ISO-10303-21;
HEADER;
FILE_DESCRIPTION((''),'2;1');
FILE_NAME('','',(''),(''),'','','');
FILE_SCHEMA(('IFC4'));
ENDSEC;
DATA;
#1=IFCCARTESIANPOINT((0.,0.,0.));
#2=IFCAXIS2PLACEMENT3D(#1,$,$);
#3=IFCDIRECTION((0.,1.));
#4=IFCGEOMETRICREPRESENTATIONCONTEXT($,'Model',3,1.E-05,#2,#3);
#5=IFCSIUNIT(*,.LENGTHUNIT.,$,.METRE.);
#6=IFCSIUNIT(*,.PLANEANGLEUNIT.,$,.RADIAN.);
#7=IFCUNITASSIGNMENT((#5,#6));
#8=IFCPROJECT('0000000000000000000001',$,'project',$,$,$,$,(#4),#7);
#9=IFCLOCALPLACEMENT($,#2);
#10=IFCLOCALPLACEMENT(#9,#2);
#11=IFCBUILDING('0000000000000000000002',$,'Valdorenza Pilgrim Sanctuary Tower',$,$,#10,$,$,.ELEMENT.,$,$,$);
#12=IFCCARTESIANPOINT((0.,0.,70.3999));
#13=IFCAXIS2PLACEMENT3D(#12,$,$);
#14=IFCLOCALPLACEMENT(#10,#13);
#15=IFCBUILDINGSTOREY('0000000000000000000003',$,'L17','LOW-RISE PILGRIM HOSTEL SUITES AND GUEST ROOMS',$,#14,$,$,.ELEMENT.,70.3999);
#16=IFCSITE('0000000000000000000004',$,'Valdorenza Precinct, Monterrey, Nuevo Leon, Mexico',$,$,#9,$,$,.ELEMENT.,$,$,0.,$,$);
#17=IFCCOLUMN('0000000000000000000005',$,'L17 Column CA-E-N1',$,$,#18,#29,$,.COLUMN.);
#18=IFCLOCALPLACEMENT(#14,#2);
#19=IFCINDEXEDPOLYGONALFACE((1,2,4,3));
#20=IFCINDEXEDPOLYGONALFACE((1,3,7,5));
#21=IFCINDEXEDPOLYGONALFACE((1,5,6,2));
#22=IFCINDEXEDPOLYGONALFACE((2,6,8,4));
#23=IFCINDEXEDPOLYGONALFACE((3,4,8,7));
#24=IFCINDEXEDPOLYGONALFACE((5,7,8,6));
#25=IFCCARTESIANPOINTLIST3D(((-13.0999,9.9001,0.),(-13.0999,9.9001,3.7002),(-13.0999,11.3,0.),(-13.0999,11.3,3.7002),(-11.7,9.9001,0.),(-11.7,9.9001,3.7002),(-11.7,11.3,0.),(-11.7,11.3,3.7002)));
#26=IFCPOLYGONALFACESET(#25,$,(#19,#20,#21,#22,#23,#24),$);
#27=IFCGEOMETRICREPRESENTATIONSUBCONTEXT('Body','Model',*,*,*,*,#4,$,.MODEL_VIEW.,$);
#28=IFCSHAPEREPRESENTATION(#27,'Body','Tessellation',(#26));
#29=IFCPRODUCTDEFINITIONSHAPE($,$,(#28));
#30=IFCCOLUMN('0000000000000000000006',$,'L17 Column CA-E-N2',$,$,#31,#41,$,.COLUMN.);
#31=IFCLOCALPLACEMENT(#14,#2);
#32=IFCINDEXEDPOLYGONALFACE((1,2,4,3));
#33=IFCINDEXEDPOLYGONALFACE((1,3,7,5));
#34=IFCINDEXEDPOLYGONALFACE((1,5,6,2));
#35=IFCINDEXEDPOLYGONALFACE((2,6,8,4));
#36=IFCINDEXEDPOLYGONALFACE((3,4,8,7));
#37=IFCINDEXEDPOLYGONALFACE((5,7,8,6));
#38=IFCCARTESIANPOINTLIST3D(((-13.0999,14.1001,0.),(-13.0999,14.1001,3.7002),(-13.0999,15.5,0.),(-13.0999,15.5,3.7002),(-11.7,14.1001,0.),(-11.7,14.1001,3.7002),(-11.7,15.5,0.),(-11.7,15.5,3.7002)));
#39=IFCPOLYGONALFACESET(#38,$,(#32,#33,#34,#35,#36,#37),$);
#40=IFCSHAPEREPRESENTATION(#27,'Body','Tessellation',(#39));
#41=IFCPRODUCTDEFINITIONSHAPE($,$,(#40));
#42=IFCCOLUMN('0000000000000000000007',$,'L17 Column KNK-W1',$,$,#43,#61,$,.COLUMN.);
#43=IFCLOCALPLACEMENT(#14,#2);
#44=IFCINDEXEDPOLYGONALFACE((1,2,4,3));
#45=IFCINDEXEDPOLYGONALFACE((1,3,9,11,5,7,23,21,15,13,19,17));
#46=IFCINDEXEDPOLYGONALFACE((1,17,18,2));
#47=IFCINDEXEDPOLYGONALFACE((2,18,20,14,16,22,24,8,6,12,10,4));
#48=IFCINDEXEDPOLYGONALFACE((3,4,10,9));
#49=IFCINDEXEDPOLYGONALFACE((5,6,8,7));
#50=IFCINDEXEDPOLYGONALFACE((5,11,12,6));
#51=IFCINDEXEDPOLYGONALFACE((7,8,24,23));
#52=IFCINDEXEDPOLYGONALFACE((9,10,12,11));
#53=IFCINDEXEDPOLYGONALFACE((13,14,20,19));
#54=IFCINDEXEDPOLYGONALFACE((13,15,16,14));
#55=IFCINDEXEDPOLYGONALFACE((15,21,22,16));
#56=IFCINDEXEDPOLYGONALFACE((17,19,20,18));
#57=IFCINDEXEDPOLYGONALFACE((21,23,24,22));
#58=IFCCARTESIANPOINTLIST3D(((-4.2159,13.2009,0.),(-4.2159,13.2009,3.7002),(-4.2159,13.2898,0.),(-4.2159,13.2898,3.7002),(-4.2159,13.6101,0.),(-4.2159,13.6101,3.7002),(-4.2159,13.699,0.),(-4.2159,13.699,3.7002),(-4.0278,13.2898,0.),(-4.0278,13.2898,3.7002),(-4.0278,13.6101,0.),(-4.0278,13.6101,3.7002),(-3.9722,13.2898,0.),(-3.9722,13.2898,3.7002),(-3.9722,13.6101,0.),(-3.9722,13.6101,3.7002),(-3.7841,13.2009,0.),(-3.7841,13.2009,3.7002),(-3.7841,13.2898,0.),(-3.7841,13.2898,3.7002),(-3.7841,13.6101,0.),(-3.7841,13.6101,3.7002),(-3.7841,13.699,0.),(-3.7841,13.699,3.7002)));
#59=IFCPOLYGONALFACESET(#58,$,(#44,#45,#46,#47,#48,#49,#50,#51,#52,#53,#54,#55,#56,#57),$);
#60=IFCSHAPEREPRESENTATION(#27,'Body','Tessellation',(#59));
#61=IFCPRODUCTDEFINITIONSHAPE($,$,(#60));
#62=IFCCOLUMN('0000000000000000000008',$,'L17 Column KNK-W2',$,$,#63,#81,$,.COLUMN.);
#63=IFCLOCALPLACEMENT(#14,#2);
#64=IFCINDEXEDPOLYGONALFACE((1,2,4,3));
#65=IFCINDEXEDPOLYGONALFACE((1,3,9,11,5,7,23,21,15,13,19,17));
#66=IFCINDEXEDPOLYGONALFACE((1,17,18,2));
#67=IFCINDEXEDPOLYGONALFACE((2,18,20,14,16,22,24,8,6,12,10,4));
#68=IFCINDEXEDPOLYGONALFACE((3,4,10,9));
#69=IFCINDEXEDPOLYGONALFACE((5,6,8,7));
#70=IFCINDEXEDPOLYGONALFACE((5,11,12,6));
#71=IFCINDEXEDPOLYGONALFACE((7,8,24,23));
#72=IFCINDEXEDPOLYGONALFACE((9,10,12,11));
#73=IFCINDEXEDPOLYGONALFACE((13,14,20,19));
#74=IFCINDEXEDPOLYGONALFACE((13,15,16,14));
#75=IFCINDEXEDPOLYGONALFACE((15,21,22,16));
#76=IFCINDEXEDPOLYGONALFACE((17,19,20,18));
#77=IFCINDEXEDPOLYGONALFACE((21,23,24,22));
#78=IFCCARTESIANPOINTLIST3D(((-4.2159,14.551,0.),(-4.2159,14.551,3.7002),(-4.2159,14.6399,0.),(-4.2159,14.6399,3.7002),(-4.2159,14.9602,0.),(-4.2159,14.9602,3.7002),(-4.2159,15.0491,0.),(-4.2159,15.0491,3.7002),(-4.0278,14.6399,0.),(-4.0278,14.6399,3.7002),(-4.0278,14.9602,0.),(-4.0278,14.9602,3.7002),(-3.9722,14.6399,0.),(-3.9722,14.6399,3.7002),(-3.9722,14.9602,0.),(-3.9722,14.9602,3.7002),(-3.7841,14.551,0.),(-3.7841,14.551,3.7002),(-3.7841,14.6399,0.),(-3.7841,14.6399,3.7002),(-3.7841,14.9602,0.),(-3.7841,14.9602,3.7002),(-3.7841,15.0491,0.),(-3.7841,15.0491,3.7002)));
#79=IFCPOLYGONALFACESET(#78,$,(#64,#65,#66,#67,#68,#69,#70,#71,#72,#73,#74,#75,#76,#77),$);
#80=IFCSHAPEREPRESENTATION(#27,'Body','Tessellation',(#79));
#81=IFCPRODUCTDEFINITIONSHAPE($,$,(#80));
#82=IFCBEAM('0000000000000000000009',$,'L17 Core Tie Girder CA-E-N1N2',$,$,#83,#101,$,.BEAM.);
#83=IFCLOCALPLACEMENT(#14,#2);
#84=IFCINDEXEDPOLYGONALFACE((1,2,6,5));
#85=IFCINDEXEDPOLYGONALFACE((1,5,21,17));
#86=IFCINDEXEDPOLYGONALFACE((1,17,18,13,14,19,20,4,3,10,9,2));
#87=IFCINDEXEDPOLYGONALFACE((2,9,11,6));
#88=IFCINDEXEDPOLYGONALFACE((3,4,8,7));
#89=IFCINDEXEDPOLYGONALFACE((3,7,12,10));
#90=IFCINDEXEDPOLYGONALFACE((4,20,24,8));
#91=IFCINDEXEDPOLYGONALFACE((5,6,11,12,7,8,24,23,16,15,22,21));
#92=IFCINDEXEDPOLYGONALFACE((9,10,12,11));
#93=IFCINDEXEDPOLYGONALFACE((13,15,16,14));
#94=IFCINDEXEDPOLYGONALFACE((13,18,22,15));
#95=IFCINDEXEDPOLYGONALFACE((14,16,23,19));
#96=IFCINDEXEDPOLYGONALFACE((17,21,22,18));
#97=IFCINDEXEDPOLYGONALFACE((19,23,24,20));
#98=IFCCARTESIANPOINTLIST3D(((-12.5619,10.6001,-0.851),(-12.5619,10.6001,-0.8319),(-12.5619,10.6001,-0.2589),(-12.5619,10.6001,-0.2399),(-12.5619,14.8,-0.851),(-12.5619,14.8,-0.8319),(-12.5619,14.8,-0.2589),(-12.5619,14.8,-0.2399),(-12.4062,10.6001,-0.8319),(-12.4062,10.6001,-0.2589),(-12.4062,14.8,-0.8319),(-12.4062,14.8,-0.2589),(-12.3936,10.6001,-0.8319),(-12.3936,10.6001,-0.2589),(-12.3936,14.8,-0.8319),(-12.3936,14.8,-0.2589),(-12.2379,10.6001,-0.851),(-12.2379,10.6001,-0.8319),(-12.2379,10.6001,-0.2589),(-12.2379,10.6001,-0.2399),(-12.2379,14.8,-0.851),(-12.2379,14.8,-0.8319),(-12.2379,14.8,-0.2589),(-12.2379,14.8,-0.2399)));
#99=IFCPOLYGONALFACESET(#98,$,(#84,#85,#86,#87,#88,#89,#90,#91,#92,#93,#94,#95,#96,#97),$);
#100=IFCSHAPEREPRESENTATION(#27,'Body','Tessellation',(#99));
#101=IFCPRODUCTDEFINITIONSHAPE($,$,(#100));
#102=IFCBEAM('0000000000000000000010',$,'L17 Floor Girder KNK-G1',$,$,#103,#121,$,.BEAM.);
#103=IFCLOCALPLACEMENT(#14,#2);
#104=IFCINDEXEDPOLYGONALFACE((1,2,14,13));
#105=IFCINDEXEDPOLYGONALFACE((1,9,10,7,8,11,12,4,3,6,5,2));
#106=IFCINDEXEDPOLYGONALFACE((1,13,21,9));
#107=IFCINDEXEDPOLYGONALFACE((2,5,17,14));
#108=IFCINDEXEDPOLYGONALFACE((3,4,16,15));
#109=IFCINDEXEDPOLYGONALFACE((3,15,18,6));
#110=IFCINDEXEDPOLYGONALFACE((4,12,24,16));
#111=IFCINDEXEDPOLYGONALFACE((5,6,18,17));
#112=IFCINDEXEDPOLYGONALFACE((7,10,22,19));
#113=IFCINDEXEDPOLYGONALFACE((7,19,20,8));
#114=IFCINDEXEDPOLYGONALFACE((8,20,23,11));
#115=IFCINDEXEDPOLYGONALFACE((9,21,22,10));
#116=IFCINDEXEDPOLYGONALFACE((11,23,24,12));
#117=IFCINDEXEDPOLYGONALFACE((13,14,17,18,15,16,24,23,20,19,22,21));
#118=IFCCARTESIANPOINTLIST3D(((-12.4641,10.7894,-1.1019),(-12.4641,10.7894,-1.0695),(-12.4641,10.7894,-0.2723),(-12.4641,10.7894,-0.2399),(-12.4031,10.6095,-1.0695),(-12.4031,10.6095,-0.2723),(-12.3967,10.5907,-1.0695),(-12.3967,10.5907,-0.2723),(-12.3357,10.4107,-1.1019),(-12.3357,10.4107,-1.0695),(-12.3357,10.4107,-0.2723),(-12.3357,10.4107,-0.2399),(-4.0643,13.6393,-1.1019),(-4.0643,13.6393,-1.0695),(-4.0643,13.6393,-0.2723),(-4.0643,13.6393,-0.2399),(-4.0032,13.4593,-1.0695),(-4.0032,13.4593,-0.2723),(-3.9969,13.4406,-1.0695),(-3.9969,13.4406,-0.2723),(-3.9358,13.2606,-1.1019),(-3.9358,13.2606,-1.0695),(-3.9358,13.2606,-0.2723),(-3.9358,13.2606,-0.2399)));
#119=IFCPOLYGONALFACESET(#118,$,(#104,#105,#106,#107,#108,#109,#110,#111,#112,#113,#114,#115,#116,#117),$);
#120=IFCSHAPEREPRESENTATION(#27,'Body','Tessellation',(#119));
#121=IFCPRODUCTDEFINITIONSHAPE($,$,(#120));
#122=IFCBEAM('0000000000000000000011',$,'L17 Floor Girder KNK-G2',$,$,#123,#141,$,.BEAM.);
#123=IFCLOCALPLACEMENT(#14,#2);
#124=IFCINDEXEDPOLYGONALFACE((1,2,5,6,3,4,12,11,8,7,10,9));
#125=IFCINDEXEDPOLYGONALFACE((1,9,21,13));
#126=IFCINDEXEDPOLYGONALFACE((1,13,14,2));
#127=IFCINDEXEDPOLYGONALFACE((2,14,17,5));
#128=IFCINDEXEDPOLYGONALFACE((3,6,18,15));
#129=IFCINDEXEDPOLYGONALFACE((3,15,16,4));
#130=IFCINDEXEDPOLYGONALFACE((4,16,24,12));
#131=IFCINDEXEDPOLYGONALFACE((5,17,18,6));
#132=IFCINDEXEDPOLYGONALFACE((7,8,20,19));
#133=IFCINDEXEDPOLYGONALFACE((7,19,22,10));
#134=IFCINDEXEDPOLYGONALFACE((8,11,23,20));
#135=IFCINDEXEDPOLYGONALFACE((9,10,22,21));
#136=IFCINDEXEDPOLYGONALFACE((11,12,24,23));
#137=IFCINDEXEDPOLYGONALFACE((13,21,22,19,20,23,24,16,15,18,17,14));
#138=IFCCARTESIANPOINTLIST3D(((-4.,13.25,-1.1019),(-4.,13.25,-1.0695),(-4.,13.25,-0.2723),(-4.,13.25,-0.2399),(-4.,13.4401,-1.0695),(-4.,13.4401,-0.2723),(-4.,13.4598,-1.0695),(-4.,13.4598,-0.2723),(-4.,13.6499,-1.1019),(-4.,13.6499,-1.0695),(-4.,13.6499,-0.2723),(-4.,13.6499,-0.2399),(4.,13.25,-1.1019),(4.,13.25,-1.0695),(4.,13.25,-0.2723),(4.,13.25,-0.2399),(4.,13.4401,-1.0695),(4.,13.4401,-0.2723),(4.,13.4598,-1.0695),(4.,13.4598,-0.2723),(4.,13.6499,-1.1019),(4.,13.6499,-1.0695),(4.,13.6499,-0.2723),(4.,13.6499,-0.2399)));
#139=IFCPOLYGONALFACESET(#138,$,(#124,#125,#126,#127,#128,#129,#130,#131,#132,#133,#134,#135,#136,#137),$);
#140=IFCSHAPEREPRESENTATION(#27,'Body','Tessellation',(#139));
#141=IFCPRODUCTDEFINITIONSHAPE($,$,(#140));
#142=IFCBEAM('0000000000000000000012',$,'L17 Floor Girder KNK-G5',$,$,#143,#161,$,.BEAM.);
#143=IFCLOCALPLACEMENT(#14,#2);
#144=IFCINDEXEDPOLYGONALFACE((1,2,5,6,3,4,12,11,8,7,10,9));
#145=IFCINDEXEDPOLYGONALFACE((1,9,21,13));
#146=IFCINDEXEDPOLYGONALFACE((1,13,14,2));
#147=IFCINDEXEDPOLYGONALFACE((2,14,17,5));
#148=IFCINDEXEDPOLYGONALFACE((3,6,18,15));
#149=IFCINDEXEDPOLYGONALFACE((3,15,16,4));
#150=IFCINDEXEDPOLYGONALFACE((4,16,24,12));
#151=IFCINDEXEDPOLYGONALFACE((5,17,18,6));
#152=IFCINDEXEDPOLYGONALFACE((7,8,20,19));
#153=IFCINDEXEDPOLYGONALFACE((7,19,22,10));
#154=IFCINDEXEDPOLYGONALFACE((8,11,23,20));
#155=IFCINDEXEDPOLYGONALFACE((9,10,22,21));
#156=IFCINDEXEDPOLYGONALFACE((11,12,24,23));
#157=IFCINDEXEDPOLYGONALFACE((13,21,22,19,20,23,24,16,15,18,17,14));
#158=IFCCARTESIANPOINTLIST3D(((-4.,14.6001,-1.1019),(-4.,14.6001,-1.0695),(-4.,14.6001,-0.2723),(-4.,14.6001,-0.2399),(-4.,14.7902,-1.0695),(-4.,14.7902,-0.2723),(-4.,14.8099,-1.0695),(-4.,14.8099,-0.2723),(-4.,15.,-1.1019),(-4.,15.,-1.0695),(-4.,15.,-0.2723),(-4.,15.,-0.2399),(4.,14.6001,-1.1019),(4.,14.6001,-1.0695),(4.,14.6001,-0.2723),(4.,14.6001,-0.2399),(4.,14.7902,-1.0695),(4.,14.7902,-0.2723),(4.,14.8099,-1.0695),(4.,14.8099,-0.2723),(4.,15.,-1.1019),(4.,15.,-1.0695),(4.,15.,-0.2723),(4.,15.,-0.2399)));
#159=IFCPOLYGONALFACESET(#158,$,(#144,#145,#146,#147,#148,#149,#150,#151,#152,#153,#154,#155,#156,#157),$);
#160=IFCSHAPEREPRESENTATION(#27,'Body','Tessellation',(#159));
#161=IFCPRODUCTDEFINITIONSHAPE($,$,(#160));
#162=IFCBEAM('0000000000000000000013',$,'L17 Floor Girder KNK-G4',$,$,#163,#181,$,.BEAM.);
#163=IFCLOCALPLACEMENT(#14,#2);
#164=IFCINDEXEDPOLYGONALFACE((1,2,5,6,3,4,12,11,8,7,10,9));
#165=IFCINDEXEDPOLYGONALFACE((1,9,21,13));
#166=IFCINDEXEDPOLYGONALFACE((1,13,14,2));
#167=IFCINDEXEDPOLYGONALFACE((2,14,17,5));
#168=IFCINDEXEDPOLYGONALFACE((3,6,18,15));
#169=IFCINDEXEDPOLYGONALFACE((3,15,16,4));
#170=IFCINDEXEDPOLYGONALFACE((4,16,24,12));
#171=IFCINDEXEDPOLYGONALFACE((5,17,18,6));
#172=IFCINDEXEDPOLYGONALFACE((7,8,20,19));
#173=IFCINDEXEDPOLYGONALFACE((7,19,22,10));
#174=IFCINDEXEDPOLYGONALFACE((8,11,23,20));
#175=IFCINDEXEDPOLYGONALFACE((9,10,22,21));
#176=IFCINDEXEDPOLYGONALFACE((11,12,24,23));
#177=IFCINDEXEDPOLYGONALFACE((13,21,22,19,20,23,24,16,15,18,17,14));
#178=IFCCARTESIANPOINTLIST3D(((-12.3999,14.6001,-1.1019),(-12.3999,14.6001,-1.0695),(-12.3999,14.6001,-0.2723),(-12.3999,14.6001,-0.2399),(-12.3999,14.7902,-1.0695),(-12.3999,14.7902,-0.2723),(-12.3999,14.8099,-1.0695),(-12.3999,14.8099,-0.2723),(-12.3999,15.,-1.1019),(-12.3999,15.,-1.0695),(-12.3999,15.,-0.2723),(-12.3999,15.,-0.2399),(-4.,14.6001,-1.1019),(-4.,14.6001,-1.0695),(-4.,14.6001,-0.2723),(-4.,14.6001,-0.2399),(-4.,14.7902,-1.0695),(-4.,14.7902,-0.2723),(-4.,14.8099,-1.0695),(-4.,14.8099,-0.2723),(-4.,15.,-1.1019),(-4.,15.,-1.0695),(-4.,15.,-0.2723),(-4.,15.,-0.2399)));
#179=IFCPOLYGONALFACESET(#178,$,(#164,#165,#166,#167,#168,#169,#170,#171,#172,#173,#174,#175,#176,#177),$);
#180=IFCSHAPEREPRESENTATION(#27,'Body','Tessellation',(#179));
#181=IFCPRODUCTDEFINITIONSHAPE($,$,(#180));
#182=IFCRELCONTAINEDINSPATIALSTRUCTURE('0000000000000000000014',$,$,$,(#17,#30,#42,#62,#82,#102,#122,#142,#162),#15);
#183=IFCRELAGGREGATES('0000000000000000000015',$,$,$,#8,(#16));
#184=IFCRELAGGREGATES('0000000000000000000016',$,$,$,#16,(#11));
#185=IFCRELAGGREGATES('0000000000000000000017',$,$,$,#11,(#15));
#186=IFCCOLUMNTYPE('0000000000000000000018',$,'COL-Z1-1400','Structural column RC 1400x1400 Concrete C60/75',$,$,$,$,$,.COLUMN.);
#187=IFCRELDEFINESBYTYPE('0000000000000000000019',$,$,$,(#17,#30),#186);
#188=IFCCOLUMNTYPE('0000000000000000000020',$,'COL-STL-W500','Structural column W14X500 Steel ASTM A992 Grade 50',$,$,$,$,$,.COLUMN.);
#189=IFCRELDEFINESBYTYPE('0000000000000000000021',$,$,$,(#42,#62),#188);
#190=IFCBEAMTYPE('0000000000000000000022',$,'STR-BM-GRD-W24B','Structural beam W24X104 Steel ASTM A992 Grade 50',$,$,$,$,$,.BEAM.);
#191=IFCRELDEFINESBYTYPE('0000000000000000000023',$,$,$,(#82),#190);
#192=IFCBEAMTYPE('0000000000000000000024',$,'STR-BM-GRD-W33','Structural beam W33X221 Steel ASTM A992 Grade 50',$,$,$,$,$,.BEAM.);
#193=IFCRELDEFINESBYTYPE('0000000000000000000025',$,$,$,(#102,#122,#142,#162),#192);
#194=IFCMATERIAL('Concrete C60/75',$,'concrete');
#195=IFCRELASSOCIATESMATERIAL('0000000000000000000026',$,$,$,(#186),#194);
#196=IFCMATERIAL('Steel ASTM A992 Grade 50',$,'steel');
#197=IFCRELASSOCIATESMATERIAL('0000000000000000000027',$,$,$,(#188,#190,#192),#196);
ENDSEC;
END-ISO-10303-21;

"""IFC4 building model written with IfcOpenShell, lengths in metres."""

from ifc_helpers import new_model, si_unit, direction, frame, origin, origin_2d, place, context, subcontext, project, spatial, rectangle, i_section, extrude, source, transform, mapped, material, material_profile, profile_set, type_object, element, save


model = new_model("IFC4")

# Units and contexts
model_context = context("Model", 3, precision=1e-05, world=origin(), true_north=direction((0.0, 1.0)))
body_context = subcontext(model_context, "Body", "Model", "MODEL_VIEW")
ifc_project = project(units=[si_unit("LENGTHUNIT", "METRE"), si_unit("PLANEANGLEUNIT", "RADIAN")], contexts=[model_context])

# Site, building, storey
site_placement = place(None, origin())
site = spatial("IfcSite", under=ifc_project, at=site_placement, Name="Valdorenza Precinct, Monterrey, Nuevo Leon, Mexico", CompositionType="ELEMENT", RefElevation=0.0)
building_placement = place(site_placement, origin())
building = spatial("IfcBuilding", under=site, at=building_placement, Name="Valdorenza Pilgrim Sanctuary Tower", CompositionType="ELEMENT")
storey_placement = place(building_placement, frame((0.0, 0.0, 70.3999)))
storey = spatial("IfcBuildingStorey", under=building, at=storey_placement, Name="L17", Description="LOW-RISE PILGRIM HOSTEL SUITES AND GUEST ROOMS", CompositionType="ELEMENT", Elevation=70.3999)

# Columns
ifc_material_1 = material(Name="Concrete C60/75", Category="concrete")
ifc_material_profile_1 = material_profile(ifc_material_1, rectangle(XDim=1.3999, YDim=1.3999, at=origin_2d()), Name="RC 1400x1400")
ifc_profile_set_1 = profile_set([ifc_material_profile_1], Name="Concrete C60/75")
column_type_1 = type_object("IfcColumnType", Name="COL-Z1-1400", Description="Structural column RC 1400x1400 Concrete C60/75", PredefinedType="COLUMN", material=ifc_profile_set_1)
shared_shape_1 = source(origin(), body_context, "Body", "SweptSolid", [
    extrude(rectangle(XDim=1.3999, YDim=1.3999, at=origin_2d()), origin(), (0.0, 0.0, 1.0), 3.7002),
])
for number, where, z_axis, x_axis, name in (
    (1, (-12.3999, 10.6001, 0.0), (0.0, 0.0, 1.0), (1.0, 0.0, 0.0), "L17 Column CA-E-N1"),
    (2, (-12.3999, 14.8, 0.0), (0.0, 0.0, 1.0), (1.0, 0.0, 0.0), "L17 Column CA-E-N2"),
):
    element("IfcColumn", number, at=place(storey_placement, frame(where, z_axis=z_axis, x_axis=x_axis)), inside=storey, type_object=column_type_1, Name=name, PredefinedType="COLUMN", context=body_context, shape_type="MappedRepresentation", body=[
        mapped(shared_shape_1, transform((0.0, 0.0, 0.0), x_axis=(1.0, 0.0, 0.0), y_axis=(0.0, 1.0, 0.0), z_axis=(0.0, 0.0, 1.0), scale=1.0)),
    ])
ifc_material_2 = material(Name="Steel ASTM A992 Grade 50", Category="steel")
ifc_material_profile_2 = material_profile(ifc_material_2, i_section(OverallWidth=0.4319, OverallDepth=0.498, WebThickness=0.0557, FlangeThickness=0.0889, at=origin_2d()), Name="W14X500")
ifc_profile_set_2 = profile_set([ifc_material_profile_2], Name="Steel ASTM A992 Grade 50")
column_type_2 = type_object("IfcColumnType", Name="COL-STL-W500", Description="Structural column W14X500 Steel ASTM A992 Grade 50", PredefinedType="COLUMN", material=ifc_profile_set_2)
shared_shape_2 = source(origin(), body_context, "Body", "SweptSolid", [
    extrude(i_section(OverallWidth=0.4319, OverallDepth=0.498, WebThickness=0.0557, FlangeThickness=0.0889, at=origin_2d()), origin(), (0.0, 0.0, 1.0), 3.7002),
])
for number, where, z_axis, x_axis, name in (
    (3, (-4.0, 13.45, 0.0), (0.0, 0.0, 1.0), (1.0, 0.0, 0.0), "L17 Column KNK-W1"),
    (4, (-4.0, 14.8, 0.0), (0.0, 0.0, 1.0), (1.0, 0.0, 0.0), "L17 Column KNK-W2"),
):
    element("IfcColumn", number, at=place(storey_placement, frame(where, z_axis=z_axis, x_axis=x_axis)), inside=storey, type_object=column_type_2, Name=name, PredefinedType="COLUMN", context=body_context, shape_type="MappedRepresentation", body=[
        mapped(shared_shape_2, transform((0.0, 0.0, 0.0), x_axis=(1.0, 0.0, 0.0), y_axis=(0.0, 1.0, 0.0), z_axis=(0.0, 0.0, 1.0), scale=1.0)),
    ])

# Beams
ifc_material_profile_3 = material_profile(ifc_material_2, i_section(OverallWidth=0.324, OverallDepth=0.6111, WebThickness=0.0127, FlangeThickness=0.019, at=origin_2d()), Name="W24X104")
ifc_profile_set_3 = profile_set([ifc_material_profile_3], Name="Steel ASTM A992 Grade 50")
beam_type_1 = type_object("IfcBeamType", Name="STR-BM-GRD-W24B", Description="Structural beam W24X104 Steel ASTM A992 Grade 50", PredefinedType="BEAM", material=ifc_profile_set_3)
shared_shape_3 = source(origin(), body_context, "Body", "SweptSolid", [
    extrude(i_section(OverallWidth=0.324, OverallDepth=0.6111, WebThickness=0.0127, FlangeThickness=0.019, at=origin_2d()), origin(), (0.0, 0.0, 1.0), 4.2),
])
beam_1_placement = place(storey_placement, frame((-12.3999, 10.6001, -0.5454), z_axis=(0.0, 1.0, 0.0), x_axis=(-1.0, 0.0, 0.0)))
element("IfcBeam", 5, at=beam_1_placement, inside=storey, type_object=beam_type_1, Name="L17 Core Tie Girder CA-E-N1N2", PredefinedType="BEAM", context=body_context, shape_type="MappedRepresentation", body=[
    mapped(shared_shape_3, transform((0.0, 0.0, 0.0), x_axis=(1.0, 0.0, 0.0), y_axis=(0.0, 1.0, 0.0), z_axis=(0.0, 0.0, 1.0), scale=1.0)),
])
ifc_material_profile_4 = material_profile(ifc_material_2, i_section(OverallWidth=0.3999, OverallDepth=0.8621, WebThickness=0.0198, FlangeThickness=0.0325, at=origin_2d()), Name="W33X221")
ifc_profile_set_4 = profile_set([ifc_material_profile_4], Name="Steel ASTM A992 Grade 50")
beam_type_2 = type_object("IfcBeamType", Name="STR-BM-GRD-W33", Description="Structural beam W33X221 Steel ASTM A992 Grade 50", PredefinedType="BEAM", material=ifc_profile_set_4)
shared_shape_4 = source(origin(), body_context, "Body", "SweptSolid", [
    extrude(i_section(OverallWidth=0.3999, OverallDepth=0.8621, WebThickness=0.0198, FlangeThickness=0.0325, at=origin_2d()), origin(), (0.0, 0.0, 1.0), 8.8701),
])
beam_2_placement = place(storey_placement, frame((-12.3999, 10.6001, -0.6709), z_axis=(0.946983, 0.321285, 0.0), x_axis=(-0.321285, 0.946983, 0.0)))
element("IfcBeam", 6, at=beam_2_placement, inside=storey, type_object=beam_type_2, Name="L17 Floor Girder KNK-G1", PredefinedType="BEAM", context=body_context, shape_type="MappedRepresentation", body=[
    mapped(shared_shape_4, transform((0.0, 0.0, 0.0), x_axis=(1.0, 0.0, 0.0), y_axis=(0.0, 1.0, 0.0), z_axis=(0.0, 0.0, 1.0), scale=1.0)),
])
shared_shape_5 = source(origin(), body_context, "Body", "SweptSolid", [
    extrude(i_section(OverallWidth=0.3999, OverallDepth=0.8621, WebThickness=0.0198, FlangeThickness=0.0325, at=origin_2d()), origin(), (0.0, 0.0, 1.0), 8.0),
])
for number, where, z_axis, x_axis, name in (
    (7, (-4.0, 13.45, -0.6709), (1.0, 0.0, 0.0), (0.0, 1.0, 0.0), "L17 Floor Girder KNK-G2"),
    (8, (-4.0, 14.8, -0.6709), (1.0, 0.0, 0.0), (0.0, 1.0, 0.0), "L17 Floor Girder KNK-G5"),
):
    element("IfcBeam", number, at=place(storey_placement, frame(where, z_axis=z_axis, x_axis=x_axis)), inside=storey, type_object=beam_type_2, Name=name, PredefinedType="BEAM", context=body_context, shape_type="MappedRepresentation", body=[
        mapped(shared_shape_5, transform((0.0, 0.0, 0.0), x_axis=(1.0, 0.0, 0.0), y_axis=(0.0, 1.0, 0.0), z_axis=(0.0, 0.0, 1.0), scale=1.0)),
    ])
shared_shape_6 = source(origin(), body_context, "Body", "SweptSolid", [
    extrude(i_section(OverallWidth=0.3999, OverallDepth=0.8621, WebThickness=0.0198, FlangeThickness=0.0325, at=origin_2d()), origin(), (0.0, 0.0, 1.0), 8.3999),
])
beam_3_placement = place(storey_placement, frame((-12.3999, 14.8, -0.6709), z_axis=(1.0, 0.0, 0.0), x_axis=(0.0, 1.0, 0.0)))
element("IfcBeam", 9, at=beam_3_placement, inside=storey, type_object=beam_type_2, Name="L17 Floor Girder KNK-G4", PredefinedType="BEAM", context=body_context, shape_type="MappedRepresentation", body=[
    mapped(shared_shape_6, transform((0.0, 0.0, 0.0), x_axis=(1.0, 0.0, 0.0), y_axis=(0.0, 1.0, 0.0), z_axis=(0.0, 0.0, 1.0), scale=1.0)),
])

save(model, "model.ifc")
